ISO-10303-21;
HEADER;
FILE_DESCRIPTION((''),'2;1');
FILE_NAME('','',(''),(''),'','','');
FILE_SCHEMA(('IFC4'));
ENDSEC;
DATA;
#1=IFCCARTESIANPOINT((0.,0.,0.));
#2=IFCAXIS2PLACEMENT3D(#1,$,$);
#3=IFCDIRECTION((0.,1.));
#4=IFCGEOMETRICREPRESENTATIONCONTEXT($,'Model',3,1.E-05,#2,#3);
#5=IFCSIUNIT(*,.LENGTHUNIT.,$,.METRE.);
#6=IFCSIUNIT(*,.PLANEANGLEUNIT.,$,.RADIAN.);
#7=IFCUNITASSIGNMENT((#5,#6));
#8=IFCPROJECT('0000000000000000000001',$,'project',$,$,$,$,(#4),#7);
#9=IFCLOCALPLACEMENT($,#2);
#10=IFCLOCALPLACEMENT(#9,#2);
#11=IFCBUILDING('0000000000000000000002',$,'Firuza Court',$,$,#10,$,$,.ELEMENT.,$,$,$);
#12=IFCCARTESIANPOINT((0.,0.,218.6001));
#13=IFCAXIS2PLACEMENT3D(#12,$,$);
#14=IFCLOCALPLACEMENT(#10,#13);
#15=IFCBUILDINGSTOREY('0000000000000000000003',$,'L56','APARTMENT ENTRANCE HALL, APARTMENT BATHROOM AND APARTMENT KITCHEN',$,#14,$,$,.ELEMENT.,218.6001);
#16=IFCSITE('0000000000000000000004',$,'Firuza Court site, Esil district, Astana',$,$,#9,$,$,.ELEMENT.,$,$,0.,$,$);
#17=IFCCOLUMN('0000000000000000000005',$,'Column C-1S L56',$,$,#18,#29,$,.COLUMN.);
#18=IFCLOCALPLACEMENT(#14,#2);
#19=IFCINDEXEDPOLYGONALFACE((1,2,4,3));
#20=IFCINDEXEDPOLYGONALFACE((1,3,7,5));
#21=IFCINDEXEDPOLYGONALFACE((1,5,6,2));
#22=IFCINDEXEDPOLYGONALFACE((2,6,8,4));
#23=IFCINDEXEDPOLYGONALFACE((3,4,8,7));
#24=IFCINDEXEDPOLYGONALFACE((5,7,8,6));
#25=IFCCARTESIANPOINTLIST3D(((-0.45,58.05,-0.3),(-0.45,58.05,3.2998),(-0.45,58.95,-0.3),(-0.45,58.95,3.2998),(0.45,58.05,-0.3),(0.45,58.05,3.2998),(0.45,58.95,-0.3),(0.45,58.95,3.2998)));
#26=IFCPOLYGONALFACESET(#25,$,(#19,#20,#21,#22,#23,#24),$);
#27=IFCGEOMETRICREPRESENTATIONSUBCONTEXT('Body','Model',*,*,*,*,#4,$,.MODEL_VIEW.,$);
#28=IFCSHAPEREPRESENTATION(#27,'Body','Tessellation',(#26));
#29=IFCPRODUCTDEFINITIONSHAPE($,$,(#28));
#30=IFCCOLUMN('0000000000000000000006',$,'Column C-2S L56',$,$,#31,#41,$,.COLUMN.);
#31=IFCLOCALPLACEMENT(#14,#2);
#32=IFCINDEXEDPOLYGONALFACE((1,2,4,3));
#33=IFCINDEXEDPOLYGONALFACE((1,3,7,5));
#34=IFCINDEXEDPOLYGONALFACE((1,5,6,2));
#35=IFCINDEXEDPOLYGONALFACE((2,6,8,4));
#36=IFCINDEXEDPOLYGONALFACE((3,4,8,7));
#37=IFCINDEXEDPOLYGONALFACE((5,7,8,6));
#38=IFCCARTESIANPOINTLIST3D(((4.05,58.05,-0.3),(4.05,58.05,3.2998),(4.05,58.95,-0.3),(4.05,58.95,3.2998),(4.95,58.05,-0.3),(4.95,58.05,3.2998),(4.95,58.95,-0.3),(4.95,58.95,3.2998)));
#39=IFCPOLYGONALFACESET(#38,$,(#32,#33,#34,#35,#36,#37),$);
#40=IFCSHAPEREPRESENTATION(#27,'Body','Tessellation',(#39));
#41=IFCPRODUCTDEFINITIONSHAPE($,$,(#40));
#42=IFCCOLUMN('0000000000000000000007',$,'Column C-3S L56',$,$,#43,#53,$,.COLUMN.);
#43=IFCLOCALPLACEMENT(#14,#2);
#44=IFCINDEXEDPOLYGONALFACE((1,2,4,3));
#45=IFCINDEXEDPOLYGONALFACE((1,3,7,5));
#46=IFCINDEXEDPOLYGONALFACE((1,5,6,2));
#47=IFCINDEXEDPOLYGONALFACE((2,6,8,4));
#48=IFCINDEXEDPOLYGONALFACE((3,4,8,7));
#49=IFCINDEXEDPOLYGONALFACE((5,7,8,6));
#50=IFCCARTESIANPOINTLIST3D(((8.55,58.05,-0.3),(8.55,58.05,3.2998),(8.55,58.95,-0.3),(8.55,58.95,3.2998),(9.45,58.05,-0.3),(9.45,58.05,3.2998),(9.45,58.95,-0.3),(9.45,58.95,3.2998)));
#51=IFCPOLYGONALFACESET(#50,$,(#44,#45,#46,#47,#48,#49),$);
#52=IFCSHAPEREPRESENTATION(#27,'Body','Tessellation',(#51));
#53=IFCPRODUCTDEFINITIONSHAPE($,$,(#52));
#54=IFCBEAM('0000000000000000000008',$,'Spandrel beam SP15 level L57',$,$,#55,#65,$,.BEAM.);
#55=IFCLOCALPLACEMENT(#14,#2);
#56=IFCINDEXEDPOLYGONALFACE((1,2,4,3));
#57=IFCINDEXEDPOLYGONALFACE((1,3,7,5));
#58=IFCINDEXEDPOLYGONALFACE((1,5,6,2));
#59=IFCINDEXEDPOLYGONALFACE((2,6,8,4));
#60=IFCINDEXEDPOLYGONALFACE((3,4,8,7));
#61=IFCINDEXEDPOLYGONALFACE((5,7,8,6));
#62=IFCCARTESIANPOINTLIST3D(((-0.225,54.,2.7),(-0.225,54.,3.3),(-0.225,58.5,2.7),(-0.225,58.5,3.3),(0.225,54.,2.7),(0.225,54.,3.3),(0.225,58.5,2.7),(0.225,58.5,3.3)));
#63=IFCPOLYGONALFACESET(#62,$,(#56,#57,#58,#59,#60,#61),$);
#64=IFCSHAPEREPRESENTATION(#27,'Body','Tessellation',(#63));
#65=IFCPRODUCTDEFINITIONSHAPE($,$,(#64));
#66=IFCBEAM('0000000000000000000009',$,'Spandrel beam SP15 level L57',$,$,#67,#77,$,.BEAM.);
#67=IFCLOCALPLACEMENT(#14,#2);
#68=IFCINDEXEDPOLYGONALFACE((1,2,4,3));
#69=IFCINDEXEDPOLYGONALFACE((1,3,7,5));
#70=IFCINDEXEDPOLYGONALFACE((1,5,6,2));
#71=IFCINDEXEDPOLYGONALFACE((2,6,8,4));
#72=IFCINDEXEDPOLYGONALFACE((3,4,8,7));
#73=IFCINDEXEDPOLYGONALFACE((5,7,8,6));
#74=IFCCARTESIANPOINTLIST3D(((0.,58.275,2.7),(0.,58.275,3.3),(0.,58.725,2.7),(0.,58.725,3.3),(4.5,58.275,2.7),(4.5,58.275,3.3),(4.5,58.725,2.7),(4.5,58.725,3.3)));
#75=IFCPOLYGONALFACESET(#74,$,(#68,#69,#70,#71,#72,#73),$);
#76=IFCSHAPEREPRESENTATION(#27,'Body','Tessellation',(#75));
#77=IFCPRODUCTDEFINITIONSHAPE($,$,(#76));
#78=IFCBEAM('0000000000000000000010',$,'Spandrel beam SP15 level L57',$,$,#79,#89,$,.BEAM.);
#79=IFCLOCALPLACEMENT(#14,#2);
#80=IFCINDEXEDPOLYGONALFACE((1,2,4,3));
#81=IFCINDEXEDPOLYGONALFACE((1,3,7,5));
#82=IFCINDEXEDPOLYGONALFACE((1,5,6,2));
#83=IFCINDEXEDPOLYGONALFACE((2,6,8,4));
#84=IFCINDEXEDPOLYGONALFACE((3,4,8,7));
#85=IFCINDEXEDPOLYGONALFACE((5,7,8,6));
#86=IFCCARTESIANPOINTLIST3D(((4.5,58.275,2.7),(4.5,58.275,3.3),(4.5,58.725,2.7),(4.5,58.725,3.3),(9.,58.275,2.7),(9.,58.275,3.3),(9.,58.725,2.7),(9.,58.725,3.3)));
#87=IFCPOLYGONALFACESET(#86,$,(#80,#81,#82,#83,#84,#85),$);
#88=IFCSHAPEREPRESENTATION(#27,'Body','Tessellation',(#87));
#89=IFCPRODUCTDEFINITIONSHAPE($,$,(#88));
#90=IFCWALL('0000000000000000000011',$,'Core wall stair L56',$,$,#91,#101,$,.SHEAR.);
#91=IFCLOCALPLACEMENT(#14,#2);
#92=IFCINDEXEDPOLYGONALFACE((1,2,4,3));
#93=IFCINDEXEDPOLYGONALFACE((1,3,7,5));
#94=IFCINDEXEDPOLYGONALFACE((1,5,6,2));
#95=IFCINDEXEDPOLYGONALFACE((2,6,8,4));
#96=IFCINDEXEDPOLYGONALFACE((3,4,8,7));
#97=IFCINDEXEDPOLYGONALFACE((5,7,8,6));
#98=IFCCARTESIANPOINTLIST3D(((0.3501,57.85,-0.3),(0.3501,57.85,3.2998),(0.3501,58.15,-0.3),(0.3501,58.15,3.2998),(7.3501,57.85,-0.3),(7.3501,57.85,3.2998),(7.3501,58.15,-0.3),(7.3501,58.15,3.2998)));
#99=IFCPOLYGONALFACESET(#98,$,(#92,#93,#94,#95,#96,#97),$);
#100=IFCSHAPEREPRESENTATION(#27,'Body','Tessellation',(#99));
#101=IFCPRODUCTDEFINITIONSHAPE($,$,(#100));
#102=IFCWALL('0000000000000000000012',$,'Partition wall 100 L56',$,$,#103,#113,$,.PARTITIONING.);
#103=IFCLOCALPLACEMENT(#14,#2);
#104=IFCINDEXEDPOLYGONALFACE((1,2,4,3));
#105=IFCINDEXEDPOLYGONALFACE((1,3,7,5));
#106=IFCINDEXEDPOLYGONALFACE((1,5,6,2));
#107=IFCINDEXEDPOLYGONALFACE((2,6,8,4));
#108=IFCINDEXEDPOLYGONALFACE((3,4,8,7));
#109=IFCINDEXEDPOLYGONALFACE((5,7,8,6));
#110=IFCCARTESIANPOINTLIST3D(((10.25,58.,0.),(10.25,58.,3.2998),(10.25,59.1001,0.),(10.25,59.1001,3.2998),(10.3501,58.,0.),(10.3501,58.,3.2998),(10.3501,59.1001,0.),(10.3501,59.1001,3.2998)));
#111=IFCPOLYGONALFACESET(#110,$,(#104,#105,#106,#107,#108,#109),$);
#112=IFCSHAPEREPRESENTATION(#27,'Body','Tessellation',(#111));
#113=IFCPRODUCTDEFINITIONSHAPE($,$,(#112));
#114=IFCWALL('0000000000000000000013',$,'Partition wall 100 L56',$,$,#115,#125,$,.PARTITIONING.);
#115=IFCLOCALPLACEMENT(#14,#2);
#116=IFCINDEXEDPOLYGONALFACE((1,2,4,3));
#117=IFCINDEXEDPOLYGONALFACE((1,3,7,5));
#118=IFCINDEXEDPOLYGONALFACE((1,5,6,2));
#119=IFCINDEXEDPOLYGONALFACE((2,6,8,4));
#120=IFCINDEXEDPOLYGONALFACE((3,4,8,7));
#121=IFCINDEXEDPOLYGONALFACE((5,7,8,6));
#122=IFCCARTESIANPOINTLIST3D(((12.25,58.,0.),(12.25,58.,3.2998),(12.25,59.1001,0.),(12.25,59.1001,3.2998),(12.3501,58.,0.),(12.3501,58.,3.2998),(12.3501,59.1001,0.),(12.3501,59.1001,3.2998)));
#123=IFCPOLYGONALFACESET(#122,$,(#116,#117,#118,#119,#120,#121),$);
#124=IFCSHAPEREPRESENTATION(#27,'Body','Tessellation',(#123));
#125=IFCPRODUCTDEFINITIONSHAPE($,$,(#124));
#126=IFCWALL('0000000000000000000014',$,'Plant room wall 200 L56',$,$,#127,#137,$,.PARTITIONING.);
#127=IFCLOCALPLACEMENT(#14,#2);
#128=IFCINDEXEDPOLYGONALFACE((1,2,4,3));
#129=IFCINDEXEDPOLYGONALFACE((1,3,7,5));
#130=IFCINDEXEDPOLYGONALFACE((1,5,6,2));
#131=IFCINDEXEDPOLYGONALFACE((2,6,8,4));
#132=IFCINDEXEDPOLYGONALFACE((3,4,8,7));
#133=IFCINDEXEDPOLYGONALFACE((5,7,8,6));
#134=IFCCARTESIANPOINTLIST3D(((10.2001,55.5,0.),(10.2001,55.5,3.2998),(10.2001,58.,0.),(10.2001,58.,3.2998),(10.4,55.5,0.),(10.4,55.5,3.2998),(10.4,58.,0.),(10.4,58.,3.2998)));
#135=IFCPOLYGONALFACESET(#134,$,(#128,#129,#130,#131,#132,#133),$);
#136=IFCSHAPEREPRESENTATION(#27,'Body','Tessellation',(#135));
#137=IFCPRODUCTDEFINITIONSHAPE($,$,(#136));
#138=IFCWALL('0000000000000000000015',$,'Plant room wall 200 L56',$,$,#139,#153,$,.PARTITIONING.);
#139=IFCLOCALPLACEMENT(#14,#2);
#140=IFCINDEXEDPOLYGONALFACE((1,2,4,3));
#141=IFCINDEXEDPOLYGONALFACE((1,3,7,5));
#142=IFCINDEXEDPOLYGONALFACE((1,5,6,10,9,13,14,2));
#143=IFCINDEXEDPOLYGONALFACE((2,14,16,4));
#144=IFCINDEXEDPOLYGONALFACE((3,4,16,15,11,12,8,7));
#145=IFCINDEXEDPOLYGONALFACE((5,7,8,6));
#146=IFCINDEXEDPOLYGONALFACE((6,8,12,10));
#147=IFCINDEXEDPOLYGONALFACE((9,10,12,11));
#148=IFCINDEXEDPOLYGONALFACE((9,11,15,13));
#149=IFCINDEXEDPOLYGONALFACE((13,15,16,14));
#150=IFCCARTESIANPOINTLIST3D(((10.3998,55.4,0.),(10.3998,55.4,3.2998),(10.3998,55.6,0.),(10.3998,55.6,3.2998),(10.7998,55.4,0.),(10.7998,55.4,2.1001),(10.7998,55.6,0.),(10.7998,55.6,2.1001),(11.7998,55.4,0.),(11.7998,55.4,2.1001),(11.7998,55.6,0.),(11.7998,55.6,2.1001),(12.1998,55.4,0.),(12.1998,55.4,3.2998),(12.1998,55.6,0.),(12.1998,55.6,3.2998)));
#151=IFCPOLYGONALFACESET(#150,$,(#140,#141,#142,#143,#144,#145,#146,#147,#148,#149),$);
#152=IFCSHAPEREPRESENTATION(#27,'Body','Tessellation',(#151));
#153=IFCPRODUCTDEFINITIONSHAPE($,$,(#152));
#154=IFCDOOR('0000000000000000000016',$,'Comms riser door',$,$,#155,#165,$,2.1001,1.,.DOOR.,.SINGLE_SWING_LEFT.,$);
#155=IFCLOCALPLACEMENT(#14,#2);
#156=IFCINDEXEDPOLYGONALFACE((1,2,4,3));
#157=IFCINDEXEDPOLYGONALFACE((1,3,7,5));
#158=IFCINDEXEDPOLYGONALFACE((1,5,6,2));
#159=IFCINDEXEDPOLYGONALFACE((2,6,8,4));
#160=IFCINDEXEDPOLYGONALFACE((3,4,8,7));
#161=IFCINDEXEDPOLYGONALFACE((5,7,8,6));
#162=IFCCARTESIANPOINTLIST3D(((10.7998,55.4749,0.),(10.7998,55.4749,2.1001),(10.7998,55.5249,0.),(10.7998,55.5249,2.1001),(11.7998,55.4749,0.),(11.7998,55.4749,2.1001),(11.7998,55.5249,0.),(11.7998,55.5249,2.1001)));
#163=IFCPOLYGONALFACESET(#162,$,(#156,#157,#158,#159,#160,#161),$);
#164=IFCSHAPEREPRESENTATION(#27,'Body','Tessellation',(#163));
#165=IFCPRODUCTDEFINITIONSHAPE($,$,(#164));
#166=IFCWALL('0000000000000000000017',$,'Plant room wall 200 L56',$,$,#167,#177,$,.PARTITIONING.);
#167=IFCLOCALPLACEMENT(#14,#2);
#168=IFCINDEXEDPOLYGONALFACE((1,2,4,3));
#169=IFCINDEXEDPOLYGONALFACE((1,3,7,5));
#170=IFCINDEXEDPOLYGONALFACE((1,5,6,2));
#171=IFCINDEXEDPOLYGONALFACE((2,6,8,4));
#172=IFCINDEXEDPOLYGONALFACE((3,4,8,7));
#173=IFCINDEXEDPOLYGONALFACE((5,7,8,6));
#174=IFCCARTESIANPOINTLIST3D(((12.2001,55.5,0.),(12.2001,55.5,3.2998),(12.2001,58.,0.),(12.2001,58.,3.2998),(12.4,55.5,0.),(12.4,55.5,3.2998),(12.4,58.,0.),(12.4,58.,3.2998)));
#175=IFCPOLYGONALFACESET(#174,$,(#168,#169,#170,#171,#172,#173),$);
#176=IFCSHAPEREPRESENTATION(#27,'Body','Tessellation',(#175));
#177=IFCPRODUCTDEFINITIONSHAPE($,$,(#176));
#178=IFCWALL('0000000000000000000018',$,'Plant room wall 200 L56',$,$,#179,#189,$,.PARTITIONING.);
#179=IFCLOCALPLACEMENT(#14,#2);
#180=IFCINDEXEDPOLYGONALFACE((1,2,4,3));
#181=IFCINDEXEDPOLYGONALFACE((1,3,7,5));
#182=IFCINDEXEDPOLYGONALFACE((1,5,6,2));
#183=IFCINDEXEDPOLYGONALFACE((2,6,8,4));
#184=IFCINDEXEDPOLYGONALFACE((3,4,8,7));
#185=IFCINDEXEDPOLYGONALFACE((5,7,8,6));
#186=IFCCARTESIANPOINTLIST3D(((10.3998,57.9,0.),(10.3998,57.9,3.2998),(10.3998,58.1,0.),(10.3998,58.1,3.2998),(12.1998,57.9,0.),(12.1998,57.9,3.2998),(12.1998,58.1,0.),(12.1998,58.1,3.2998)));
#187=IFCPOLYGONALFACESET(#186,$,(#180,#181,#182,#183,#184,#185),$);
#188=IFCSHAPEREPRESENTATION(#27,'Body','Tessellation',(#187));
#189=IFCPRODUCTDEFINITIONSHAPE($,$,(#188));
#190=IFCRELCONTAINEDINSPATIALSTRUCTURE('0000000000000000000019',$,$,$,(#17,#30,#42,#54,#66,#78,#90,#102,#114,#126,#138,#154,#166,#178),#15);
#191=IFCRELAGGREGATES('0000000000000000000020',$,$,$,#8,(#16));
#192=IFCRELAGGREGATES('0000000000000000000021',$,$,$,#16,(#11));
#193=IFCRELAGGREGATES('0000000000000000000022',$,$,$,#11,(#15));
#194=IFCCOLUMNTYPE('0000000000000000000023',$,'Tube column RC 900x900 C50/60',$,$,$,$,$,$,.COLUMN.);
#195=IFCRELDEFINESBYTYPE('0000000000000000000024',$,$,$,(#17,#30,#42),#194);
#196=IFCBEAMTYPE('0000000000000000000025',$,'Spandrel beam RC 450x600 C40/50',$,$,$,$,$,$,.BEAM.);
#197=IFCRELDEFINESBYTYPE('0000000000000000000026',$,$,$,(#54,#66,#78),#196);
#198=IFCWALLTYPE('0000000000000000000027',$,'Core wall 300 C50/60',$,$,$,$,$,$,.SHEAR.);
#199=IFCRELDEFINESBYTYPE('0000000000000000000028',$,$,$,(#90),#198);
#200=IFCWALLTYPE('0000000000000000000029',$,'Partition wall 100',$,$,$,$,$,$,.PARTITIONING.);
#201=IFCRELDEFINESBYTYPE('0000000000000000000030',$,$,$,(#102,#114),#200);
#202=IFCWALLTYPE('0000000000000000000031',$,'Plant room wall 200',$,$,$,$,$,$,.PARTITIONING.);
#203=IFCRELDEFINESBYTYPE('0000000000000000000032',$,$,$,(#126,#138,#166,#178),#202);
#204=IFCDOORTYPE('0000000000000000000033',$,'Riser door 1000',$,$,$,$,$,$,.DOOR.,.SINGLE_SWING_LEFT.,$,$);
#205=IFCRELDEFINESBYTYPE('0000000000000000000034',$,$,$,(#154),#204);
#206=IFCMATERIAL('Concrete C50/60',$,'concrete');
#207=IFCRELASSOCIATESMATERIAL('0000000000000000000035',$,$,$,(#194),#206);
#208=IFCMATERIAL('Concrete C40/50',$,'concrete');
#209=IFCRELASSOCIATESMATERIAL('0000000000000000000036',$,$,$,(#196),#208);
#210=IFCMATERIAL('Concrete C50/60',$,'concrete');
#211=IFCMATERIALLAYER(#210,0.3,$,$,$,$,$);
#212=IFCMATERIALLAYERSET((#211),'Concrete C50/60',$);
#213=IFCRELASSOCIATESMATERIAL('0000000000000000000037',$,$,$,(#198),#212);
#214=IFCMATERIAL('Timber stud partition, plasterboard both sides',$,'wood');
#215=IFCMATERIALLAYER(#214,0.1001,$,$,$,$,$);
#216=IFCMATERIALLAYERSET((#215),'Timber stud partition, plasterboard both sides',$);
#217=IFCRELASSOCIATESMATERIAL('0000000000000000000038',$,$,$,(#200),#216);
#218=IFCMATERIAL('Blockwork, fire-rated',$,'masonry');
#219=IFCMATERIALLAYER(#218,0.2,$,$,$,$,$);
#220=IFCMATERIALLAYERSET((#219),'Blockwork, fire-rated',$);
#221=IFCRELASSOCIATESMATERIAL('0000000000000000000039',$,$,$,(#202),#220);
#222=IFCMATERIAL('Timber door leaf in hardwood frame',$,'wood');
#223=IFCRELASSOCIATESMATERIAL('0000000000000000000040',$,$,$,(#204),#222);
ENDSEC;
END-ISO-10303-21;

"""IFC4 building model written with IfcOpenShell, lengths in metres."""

from ifc_helpers import new_model, si_unit, direction, frame, frame_2d, origin, origin_2d, place, context, subcontext, project, spatial, rectangle, extrude, material, layer, layer_set, material_profile, profile_set, type_object, element, fill, save


model = new_model("IFC4")

# Units and contexts
model_context = context("Model", 3, precision=1e-05, world=origin(), true_north=direction((0.0, 1.0)))
body_context = subcontext(model_context, "Body", "Model", "MODEL_VIEW")
ifc_project = project(units=[si_unit("LENGTHUNIT", "METRE"), si_unit("PLANEANGLEUNIT", "RADIAN")], contexts=[model_context])

# Site, building, storey
site_placement = place(None, origin())
site = spatial("IfcSite", under=ifc_project, at=site_placement, Name="Firuza Court site, Esil district, Astana", CompositionType="ELEMENT", RefElevation=0.0)
building_placement = place(site_placement, origin())
building = spatial("IfcBuilding", under=site, at=building_placement, Name="Firuza Court", CompositionType="ELEMENT")
storey_placement = place(building_placement, frame((0.0, 0.0, 218.6001)))
storey = spatial("IfcBuildingStorey", under=building, at=storey_placement, Name="L56", Description="APARTMENT ENTRANCE HALL, APARTMENT BATHROOM AND APARTMENT KITCHEN", CompositionType="ELEMENT", Elevation=218.6001)

# Columns
ifc_material_1 = material(Name="Concrete C50/60", Category="concrete")
ifc_material_profile_1 = material_profile(ifc_material_1, rectangle(XDim=0.8999, YDim=0.8999, at=origin_2d()), Name="RC 900x900")
ifc_profile_set_1 = profile_set([ifc_material_profile_1], Name="Concrete C50/60")
column_type = type_object("IfcColumnType", Name="Tube column RC 900x900 C50/60", PredefinedType="COLUMN", material=ifc_profile_set_1)
for number, where, z_axis, x_axis, name in (
    (1, (0.0, 58.5, -0.3), (0.0, 0.0, 1.0), (1.0, 0.0, 0.0), "Column C-1S L56"),
    (2, (4.5, 58.5, -0.3), (0.0, 0.0, 1.0), (1.0, 0.0, 0.0), "Column C-2S L56"),
    (3, (9.0, 58.5, -0.3), (0.0, 0.0, 1.0), (1.0, 0.0, 0.0), "Column C-3S L56"),
):
    element("IfcColumn", number, at=place(storey_placement, frame(where, z_axis=z_axis, x_axis=x_axis)), inside=storey, type_object=column_type, Name=name, PredefinedType="COLUMN", context=body_context, shape_type="SweptSolid", body=[
        extrude(rectangle(XDim=0.8999, YDim=0.8999, at=origin_2d()), origin(), (0.0, 0.0, 1.0), 3.5999),
    ])

# Beams
ifc_material_2 = material(Name="Concrete C40/50", Category="concrete")
ifc_material_profile_2 = material_profile(ifc_material_2, rectangle(XDim=0.45, YDim=0.6001, at=origin_2d()), Name="RC 450x600")
ifc_profile_set_2 = profile_set([ifc_material_profile_2], Name="Concrete C40/50")
beam_type = type_object("IfcBeamType", Name="Spandrel beam RC 450x600 C40/50", PredefinedType="BEAM", material=ifc_profile_set_2)
for number, where, z_axis, x_axis, name in (
    (4, (0.0, 58.5, 3.0), (0.0, -1.0, 0.0), (1.0, 0.0, 0.0), "Spandrel beam SP15 level L57"),
    (5, (4.5, 58.5, 3.0), (-1.0, 0.0, 0.0), (0.0, -1.0, 0.0), "Spandrel beam SP15 level L57"),
    (6, (9.0, 58.5, 3.0), (-1.0, 0.0, 0.0), (0.0, -1.0, 0.0), "Spandrel beam SP15 level L57"),
):
    element("IfcBeam", number, at=place(storey_placement, frame(where, z_axis=z_axis, x_axis=x_axis)), inside=storey, type_object=beam_type, Name=name, PredefinedType="BEAM", context=body_context, shape_type="SweptSolid", body=[
        extrude(rectangle(XDim=0.45, YDim=0.6001, at=origin_2d()), origin(), (0.0, 0.0, 1.0), 4.5),
    ])

# Walls
ifc_material_3 = material(Name="Concrete C50/60", Category="concrete")
ifc_layer_1 = layer(ifc_material_3, 0.3)
ifc_layer_set_1 = layer_set([ifc_layer_1], Name="Concrete C50/60")
wall_type_1 = type_object("IfcWallType", Name="Core wall 300 C50/60", PredefinedType="SHEAR", material=ifc_layer_set_1)
wall_1_placement = place(storey_placement, frame((0.3501, 58.0, -0.3), z_axis=(0.0, 0.0, 1.0), x_axis=(1.0, 0.0, 0.0)))
element("IfcWall", 7, at=wall_1_placement, inside=storey, type_object=wall_type_1, Name="Core wall stair L56", PredefinedType="SHEAR", context=body_context, shape_type="SweptSolid", body=[
    extrude(rectangle(XDim=7.0, YDim=0.3, at=frame_2d((3.5, 0.0))), origin(), (0.0, 0.0, 1.0), 3.5999),
])
ifc_material_4 = material(Name="Timber stud partition, plasterboard both sides", Category="wood")
ifc_layer_2 = layer(ifc_material_4, 0.1001)
ifc_layer_set_2 = layer_set([ifc_layer_2], Name="Timber stud partition, plasterboard both sides")
wall_type_2 = type_object("IfcWallType", Name="Partition wall 100", PredefinedType="PARTITIONING", material=ifc_layer_set_2)
for number, where, z_axis, x_axis, name in (
    (8, (10.3, 58.0, 0.0), (0.0, 0.0, 1.0), (0.0, 1.0, 0.0), "Partition wall 100 L56"),
    (9, (12.3, 58.0, 0.0), (0.0, 0.0, 1.0), (0.0, 1.0, 0.0), "Partition wall 100 L56"),
):
    element("IfcWall", number, at=place(storey_placement, frame(where, z_axis=z_axis, x_axis=x_axis)), inside=storey, type_object=wall_type_2, Name=name, PredefinedType="PARTITIONING", context=body_context, shape_type="SweptSolid", body=[
        extrude(rectangle(XDim=1.1001, YDim=0.1001, at=frame_2d((0.55, 0.0))), origin(), (0.0, 0.0, 1.0), 3.2998),
    ])
ifc_material_5 = material(Name="Blockwork, fire-rated", Category="masonry")
ifc_layer_3 = layer(ifc_material_5, 0.2)
ifc_layer_set_3 = layer_set([ifc_layer_3], Name="Blockwork, fire-rated")
wall_type_3 = type_object("IfcWallType", Name="Plant room wall 200", PredefinedType="PARTITIONING", material=ifc_layer_set_3)
wall_2_placement = place(storey_placement, frame((10.3, 55.5, 0.0), z_axis=(0.0, 0.0, 1.0), x_axis=(0.0, 1.0, 0.0)))
element("IfcWall", 10, at=wall_2_placement, inside=storey, type_object=wall_type_3, Name="Plant room wall 200 L56", PredefinedType="PARTITIONING", context=body_context, shape_type="SweptSolid", body=[
    extrude(rectangle(XDim=2.5, YDim=0.2, at=frame_2d((1.25, 0.0))), origin(), (0.0, 0.0, 1.0), 3.2998),
])

# Wall, opening, door
wall_3_placement = place(storey_placement, frame((10.3999, 55.5, 0.0), z_axis=(0.0, 0.0, 1.0), x_axis=(1.0, 0.0, 0.0)))
wall_3 = element("IfcWall", 11, at=wall_3_placement, inside=storey, type_object=wall_type_3, Name="Plant room wall 200 L56", PredefinedType="PARTITIONING", context=body_context, shape_type="SweptSolid", body=[
    extrude(rectangle(XDim=1.8, YDim=0.2, at=frame_2d((0.8999, 0.0))), origin(), (0.0, 0.0, 1.0), 3.2998),
])
opening_placement = place(wall_3_placement, frame((0.3999, 0.0, 0.0)))
opening = element("IfcOpeningElement", 12, at=opening_placement, cuts=wall_3, PredefinedType="OPENING", context=body_context, shape_type="SweptSolid", body=[
    extrude(rectangle(XDim=1.0, YDim=2.1001, at=frame_2d((0.5, 1.05))), frame((0.0, 0.1118, 0.0), z_axis=(0.0, -1.0, 0.0), x_axis=(1.0, 0.0, 0.0)), (0.0, 0.0, 1.0), 0.2239),
])
ifc_material_6 = material(Name="Timber door leaf in hardwood frame", Category="wood")
door_type = type_object("IfcDoorType", Name="Riser door 1000", OperationType="SINGLE_SWING_LEFT", PredefinedType="DOOR", material=ifc_material_6)
door_placement = place(opening_placement, origin())
door = element("IfcDoor", 13, at=door_placement, inside=storey, type_object=door_type, Name="Comms riser door", OperationType="SINGLE_SWING_LEFT", OverallHeight=2.1001, OverallWidth=1.0, PredefinedType="DOOR", context=body_context, shape_type="SweptSolid", body=[
    extrude(rectangle(XDim=1.0, YDim=2.1001, at=frame_2d((0.5, 1.05))), frame((0.0, 0.0249, 0.0), z_axis=(0.0, -1.0, 0.0), x_axis=(1.0, 0.0, 0.0)), (0.0, 0.0, 1.0), 0.05),
])
fill(opening, door)

# Walls
wall_4_placement = place(storey_placement, frame((12.3, 55.5, 0.0), z_axis=(0.0, 0.0, 1.0), x_axis=(0.0, 1.0, 0.0)))
element("IfcWall", 14, at=wall_4_placement, inside=storey, type_object=wall_type_3, Name="Plant room wall 200 L56", PredefinedType="PARTITIONING", context=body_context, shape_type="SweptSolid", body=[
    extrude(rectangle(XDim=2.5, YDim=0.2, at=frame_2d((1.25, 0.0))), origin(), (0.0, 0.0, 1.0), 3.2998),
])
wall_5_placement = place(storey_placement, frame((10.3999, 58.0, 0.0), z_axis=(0.0, 0.0, 1.0), x_axis=(1.0, 0.0, 0.0)))
element("IfcWall", 15, at=wall_5_placement, inside=storey, type_object=wall_type_3, Name="Plant room wall 200 L56", PredefinedType="PARTITIONING", context=body_context, shape_type="SweptSolid", body=[
    extrude(rectangle(XDim=1.8, YDim=0.2, at=frame_2d((0.8999, 0.0))), origin(), (0.0, 0.0, 1.0), 3.2998),
])

save(model, "model.ifc")
